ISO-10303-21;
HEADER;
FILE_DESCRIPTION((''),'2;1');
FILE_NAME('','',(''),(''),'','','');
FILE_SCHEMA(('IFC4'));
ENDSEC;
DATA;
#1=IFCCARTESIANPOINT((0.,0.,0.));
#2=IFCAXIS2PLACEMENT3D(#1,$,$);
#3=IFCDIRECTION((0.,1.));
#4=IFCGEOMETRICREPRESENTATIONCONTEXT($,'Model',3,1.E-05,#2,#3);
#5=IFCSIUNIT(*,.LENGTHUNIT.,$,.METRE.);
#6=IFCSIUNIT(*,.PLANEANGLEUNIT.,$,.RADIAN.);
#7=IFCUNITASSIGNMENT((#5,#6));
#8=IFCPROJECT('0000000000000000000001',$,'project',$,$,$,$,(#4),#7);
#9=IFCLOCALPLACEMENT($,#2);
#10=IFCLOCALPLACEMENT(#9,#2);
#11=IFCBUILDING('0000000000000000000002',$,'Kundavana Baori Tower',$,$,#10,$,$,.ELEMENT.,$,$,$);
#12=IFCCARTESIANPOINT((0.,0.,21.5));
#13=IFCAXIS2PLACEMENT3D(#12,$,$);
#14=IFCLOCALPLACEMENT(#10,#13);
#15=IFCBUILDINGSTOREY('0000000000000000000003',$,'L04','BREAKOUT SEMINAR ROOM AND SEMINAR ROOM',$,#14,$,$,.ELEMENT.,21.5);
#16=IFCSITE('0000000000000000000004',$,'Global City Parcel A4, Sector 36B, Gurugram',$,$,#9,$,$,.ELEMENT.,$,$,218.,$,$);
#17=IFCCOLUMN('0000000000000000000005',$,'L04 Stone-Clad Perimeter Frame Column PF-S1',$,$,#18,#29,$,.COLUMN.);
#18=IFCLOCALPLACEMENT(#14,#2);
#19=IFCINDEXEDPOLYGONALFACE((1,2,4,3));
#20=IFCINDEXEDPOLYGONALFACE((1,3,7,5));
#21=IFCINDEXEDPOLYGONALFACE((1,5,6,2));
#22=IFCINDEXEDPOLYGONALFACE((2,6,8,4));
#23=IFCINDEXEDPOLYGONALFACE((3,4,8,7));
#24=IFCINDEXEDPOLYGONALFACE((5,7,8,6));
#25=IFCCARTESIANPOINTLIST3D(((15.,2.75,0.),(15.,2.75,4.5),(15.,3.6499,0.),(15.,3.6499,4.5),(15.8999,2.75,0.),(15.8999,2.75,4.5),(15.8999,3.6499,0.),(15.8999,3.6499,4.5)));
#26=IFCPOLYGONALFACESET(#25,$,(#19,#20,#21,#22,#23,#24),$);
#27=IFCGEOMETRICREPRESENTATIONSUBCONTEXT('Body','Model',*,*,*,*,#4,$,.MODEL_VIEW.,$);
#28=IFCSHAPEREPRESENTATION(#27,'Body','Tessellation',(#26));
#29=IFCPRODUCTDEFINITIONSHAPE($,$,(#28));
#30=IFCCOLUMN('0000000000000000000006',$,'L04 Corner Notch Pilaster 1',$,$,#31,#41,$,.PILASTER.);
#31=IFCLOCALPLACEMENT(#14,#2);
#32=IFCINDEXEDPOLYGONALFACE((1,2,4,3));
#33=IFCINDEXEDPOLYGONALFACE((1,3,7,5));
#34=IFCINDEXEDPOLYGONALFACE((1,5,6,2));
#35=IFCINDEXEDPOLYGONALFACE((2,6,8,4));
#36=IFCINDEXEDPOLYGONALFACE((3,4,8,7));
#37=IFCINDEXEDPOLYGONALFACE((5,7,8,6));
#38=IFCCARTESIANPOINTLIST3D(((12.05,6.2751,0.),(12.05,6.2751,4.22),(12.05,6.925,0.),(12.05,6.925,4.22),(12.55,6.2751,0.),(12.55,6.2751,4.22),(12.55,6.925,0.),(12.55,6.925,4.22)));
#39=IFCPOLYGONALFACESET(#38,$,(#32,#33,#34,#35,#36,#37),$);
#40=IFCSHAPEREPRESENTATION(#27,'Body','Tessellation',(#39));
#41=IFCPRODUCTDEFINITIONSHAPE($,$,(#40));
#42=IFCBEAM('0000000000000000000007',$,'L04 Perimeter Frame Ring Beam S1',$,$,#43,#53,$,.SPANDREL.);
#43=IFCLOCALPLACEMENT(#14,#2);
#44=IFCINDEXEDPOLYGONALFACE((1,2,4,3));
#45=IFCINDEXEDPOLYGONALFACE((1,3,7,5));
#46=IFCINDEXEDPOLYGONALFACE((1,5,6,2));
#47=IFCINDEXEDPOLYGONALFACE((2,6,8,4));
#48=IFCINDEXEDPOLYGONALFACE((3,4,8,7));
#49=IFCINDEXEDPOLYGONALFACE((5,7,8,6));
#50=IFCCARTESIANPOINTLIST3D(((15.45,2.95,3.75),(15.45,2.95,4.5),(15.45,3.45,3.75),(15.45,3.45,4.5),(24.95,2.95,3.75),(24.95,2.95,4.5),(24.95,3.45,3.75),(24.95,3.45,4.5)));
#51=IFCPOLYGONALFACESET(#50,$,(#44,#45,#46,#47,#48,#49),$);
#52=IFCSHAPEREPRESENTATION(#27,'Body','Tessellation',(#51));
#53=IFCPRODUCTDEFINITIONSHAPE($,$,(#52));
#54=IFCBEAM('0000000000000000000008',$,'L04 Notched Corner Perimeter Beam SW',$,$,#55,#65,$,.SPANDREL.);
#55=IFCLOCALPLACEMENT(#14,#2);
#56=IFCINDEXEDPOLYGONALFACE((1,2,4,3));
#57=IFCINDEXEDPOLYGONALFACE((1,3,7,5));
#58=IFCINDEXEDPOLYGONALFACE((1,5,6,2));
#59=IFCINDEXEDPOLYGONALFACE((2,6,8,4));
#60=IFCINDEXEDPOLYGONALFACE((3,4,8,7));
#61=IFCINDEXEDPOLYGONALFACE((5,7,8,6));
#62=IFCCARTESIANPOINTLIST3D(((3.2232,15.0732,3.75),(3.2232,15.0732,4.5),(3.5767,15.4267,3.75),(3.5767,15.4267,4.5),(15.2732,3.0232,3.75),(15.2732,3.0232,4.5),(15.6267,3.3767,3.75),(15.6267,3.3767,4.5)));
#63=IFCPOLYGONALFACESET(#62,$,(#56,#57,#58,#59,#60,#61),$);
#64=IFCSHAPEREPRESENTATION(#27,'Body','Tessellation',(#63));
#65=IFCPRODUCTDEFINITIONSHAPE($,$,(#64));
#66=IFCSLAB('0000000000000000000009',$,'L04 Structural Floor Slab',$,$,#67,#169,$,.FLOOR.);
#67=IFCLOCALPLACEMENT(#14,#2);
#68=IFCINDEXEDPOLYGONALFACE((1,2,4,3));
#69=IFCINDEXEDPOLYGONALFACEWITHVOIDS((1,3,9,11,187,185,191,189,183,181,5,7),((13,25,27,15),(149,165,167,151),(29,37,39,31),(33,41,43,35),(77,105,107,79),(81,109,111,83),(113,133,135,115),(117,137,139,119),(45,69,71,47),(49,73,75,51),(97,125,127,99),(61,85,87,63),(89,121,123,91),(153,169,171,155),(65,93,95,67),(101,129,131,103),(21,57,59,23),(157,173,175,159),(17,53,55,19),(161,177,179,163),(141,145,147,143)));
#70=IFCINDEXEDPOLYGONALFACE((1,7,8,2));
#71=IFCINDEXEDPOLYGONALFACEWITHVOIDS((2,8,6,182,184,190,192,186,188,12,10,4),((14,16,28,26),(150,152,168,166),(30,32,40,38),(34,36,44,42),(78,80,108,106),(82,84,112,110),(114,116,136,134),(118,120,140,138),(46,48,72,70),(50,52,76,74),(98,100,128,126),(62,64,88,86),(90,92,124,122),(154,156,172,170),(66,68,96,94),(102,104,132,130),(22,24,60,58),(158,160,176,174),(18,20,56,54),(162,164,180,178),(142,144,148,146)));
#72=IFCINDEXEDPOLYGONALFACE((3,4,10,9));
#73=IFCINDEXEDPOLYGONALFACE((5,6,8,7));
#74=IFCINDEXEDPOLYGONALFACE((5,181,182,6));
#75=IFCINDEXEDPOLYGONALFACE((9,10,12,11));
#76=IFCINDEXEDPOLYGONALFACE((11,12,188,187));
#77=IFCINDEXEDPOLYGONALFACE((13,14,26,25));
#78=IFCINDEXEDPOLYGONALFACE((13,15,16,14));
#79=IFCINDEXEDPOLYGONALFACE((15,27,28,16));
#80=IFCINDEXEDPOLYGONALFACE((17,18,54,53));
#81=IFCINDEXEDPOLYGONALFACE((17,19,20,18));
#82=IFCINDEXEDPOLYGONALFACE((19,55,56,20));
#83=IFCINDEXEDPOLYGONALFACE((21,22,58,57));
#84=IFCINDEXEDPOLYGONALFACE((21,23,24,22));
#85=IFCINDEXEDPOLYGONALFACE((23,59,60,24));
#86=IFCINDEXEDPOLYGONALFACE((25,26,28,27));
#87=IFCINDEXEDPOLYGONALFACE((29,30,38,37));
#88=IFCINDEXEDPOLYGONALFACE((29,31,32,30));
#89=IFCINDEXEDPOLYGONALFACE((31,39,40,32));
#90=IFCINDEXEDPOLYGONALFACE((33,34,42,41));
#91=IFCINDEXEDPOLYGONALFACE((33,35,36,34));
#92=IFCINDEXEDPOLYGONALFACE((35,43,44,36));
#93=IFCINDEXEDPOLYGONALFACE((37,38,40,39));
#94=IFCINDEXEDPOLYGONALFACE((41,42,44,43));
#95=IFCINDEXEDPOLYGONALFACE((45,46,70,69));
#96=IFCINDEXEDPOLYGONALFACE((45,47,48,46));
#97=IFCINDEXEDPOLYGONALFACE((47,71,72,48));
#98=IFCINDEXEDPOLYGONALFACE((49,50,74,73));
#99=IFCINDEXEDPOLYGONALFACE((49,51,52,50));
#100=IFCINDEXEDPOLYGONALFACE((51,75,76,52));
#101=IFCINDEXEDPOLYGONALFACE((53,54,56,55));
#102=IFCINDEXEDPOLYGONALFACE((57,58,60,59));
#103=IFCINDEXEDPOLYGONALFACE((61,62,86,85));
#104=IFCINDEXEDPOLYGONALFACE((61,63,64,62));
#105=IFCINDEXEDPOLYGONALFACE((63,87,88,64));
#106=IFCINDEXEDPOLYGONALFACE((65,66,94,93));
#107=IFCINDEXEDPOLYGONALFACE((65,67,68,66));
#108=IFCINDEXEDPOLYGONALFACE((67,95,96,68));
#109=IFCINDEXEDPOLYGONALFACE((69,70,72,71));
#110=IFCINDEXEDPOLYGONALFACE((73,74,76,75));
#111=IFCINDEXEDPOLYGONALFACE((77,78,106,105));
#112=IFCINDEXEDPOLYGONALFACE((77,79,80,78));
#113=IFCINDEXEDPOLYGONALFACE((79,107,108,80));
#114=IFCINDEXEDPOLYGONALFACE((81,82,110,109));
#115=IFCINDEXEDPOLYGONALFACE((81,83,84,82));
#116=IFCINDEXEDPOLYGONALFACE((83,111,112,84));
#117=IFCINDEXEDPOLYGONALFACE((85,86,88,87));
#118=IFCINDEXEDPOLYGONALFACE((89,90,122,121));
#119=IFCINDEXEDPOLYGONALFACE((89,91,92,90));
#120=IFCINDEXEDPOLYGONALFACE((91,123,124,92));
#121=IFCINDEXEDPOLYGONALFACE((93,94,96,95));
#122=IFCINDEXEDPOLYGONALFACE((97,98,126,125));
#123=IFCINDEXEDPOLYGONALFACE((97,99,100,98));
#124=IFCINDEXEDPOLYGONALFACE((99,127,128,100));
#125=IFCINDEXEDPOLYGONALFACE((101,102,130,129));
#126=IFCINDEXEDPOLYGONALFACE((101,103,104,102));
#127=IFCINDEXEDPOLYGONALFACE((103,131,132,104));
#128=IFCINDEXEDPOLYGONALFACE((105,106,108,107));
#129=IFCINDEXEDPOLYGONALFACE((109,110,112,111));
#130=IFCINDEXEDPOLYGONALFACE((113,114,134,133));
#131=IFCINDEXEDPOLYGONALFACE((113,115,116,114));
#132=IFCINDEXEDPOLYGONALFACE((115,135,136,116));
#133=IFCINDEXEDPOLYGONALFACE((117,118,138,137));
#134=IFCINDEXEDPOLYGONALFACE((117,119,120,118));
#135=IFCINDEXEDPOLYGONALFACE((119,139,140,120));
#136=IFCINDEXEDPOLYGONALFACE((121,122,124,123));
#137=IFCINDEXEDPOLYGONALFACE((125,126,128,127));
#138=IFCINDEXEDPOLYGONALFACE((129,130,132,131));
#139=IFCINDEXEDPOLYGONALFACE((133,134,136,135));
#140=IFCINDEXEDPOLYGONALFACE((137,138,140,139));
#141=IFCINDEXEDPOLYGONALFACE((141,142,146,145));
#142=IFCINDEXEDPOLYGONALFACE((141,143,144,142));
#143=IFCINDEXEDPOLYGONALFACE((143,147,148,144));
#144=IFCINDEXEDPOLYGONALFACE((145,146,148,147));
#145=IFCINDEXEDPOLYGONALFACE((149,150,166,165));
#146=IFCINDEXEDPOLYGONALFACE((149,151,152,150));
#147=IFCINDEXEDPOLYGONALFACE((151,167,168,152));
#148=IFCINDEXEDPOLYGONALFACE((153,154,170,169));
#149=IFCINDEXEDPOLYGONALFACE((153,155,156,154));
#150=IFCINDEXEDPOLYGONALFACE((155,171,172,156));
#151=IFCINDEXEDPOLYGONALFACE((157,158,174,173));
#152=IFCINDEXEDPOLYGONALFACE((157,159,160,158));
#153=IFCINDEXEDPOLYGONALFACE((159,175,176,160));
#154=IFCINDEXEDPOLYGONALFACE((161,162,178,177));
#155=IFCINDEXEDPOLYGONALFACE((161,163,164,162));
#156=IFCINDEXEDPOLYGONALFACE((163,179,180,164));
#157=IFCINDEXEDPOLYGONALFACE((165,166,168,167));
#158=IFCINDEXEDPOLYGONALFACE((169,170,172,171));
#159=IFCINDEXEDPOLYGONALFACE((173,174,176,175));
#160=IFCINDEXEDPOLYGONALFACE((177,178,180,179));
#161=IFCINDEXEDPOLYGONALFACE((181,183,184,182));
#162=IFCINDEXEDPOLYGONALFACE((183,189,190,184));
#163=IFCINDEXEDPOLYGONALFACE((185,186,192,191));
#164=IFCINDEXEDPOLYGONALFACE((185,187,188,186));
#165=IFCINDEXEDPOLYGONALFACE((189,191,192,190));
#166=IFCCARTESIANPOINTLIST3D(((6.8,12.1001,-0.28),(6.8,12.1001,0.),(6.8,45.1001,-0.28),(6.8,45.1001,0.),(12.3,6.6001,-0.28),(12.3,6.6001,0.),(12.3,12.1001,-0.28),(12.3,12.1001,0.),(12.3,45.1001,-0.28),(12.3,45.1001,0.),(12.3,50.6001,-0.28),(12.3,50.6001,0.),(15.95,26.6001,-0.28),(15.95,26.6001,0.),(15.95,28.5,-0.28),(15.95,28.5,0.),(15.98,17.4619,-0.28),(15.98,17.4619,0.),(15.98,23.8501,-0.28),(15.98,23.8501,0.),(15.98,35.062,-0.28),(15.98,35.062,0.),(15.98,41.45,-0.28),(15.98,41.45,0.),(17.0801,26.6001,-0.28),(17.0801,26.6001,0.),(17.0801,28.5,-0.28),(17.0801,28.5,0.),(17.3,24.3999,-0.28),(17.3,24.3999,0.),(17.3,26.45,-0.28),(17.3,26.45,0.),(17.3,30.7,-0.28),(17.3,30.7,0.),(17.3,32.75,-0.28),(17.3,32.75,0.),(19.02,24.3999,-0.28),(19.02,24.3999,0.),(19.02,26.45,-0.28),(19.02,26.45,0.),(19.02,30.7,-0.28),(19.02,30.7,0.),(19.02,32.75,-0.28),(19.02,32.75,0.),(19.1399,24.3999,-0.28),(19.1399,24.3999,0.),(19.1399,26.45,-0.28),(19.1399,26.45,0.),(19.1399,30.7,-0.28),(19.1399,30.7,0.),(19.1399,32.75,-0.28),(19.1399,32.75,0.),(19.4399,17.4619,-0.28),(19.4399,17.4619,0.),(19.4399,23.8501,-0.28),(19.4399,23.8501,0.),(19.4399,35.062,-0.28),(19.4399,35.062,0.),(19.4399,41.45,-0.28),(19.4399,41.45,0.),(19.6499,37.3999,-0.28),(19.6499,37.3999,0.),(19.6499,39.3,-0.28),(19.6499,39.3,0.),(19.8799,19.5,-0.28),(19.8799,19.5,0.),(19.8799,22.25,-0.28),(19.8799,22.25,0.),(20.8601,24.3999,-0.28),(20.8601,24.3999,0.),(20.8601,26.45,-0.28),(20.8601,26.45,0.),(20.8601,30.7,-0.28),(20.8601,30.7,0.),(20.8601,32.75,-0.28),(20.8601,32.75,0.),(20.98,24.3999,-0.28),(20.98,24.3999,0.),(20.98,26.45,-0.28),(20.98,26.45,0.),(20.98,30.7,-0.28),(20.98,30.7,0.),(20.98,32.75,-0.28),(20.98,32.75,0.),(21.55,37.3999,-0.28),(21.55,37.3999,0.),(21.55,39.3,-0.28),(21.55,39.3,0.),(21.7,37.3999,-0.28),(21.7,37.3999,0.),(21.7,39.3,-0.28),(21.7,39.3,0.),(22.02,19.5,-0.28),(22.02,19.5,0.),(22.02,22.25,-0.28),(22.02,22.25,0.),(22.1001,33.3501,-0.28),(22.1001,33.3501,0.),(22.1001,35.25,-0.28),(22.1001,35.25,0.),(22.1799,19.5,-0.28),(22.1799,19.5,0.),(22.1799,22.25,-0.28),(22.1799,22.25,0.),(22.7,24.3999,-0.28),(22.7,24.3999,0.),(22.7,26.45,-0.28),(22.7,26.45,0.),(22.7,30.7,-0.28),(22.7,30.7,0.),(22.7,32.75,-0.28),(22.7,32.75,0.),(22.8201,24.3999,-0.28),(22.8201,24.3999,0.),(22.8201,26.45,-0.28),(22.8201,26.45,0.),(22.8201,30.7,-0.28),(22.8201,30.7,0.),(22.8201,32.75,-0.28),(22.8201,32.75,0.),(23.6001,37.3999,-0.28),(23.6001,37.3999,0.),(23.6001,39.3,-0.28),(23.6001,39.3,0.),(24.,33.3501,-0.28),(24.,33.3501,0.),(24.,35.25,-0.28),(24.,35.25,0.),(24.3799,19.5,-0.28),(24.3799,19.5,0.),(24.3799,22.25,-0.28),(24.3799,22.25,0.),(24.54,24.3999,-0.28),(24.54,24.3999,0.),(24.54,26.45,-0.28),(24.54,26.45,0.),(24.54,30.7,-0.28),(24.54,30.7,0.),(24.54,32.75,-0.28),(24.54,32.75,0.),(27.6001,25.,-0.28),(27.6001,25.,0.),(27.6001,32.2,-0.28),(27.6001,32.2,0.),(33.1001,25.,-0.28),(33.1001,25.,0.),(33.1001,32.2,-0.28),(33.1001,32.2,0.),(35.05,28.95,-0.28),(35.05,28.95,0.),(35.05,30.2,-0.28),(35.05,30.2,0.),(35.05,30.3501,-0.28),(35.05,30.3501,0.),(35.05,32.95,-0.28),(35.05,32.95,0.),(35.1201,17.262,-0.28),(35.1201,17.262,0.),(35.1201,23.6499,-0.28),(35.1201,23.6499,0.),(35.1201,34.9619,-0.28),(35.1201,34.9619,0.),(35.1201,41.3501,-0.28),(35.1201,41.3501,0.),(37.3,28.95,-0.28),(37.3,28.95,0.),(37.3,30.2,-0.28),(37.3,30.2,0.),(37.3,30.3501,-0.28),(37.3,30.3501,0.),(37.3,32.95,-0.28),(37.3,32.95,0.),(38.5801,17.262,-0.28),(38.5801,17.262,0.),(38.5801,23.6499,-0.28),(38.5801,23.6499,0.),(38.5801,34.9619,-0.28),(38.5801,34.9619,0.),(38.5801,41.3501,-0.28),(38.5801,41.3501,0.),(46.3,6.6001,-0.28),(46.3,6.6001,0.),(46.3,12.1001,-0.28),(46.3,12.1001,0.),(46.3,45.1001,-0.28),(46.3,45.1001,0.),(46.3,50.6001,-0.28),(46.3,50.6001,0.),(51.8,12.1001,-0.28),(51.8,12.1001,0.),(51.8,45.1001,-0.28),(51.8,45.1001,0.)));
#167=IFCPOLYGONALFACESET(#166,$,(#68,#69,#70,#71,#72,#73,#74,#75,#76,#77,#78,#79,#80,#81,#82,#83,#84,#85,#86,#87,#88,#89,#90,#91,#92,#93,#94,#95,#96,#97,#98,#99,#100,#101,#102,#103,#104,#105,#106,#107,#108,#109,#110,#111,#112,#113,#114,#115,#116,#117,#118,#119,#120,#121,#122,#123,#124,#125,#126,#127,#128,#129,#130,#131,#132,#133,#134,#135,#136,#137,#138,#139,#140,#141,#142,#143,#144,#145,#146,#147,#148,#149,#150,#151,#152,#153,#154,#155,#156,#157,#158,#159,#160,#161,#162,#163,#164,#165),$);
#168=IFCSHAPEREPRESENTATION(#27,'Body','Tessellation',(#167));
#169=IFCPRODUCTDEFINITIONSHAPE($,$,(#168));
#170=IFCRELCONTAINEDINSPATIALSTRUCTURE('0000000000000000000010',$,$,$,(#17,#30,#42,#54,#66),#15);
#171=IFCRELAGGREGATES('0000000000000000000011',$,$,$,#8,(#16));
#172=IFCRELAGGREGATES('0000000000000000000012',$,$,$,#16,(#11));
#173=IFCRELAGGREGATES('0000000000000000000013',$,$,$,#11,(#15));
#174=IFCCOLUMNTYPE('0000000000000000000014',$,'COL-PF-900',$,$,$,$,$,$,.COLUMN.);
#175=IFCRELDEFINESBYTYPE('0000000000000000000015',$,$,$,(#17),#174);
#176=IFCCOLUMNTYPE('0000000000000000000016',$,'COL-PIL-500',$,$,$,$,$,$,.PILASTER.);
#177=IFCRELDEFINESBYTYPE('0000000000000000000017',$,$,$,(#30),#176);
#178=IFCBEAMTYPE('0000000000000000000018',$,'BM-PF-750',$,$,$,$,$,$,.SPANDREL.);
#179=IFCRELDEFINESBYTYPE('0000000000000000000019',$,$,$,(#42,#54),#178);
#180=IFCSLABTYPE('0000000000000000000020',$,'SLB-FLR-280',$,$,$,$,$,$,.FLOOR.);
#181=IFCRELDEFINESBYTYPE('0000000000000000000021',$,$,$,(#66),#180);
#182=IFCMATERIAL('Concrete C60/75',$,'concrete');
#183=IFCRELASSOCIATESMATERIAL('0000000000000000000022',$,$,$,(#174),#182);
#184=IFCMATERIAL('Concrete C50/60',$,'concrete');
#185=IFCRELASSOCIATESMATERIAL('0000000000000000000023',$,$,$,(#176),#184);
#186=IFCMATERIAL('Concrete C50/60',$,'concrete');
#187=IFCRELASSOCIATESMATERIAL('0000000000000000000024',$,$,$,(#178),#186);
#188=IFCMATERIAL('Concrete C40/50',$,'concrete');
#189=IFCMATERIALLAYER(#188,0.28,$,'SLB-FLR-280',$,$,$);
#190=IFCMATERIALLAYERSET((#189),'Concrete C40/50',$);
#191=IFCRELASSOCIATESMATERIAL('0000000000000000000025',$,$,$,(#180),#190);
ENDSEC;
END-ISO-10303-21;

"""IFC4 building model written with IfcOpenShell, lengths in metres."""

from ifc_helpers import new_model, si_unit, direction, frame, origin, origin_2d, place, context, subcontext, project, spatial, polyline, rectangle, outline, extrude, material, layer, layer_set, material_profile, profile_set, type_object, element, save


model = new_model("IFC4")

# Units and contexts
model_context = context("Model", 3, precision=1e-05, world=origin(), true_north=direction((0.0, 1.0)))
body_context = subcontext(model_context, "Body", "Model", "MODEL_VIEW")
ifc_project = project(units=[si_unit("LENGTHUNIT", "METRE"), si_unit("PLANEANGLEUNIT", "RADIAN")], contexts=[model_context])

# Site, building, storey
site_placement = place(None, origin())
site = spatial("IfcSite", under=ifc_project, at=site_placement, Name="Global City Parcel A4, Sector 36B, Gurugram", CompositionType="ELEMENT", RefElevation=218.0)
building_placement = place(site_placement, origin())
building = spatial("IfcBuilding", under=site, at=building_placement, Name="Kundavana Baori Tower", CompositionType="ELEMENT")
storey_placement = place(building_placement, frame((0.0, 0.0, 21.5)))
storey = spatial("IfcBuildingStorey", under=building, at=storey_placement, Name="L04", Description="BREAKOUT SEMINAR ROOM AND SEMINAR ROOM", CompositionType="ELEMENT", Elevation=21.5)

# Columns
ifc_material_1 = material(Name="Concrete C60/75", Category="concrete")
ifc_material_profile_1 = material_profile(ifc_material_1, rectangle(XDim=0.8999, YDim=0.8999, at=origin_2d()), Name="RC PF 900x900")
ifc_profile_set_1 = profile_set([ifc_material_profile_1], Name="Concrete C60/75")
column_type_1 = type_object("IfcColumnType", Name="COL-PF-900", PredefinedType="COLUMN", material=ifc_profile_set_1)
column_1_placement = place(storey_placement, frame((15.45, 3.2, 0.0), z_axis=(0.0, 0.0, 1.0), x_axis=(1.0, 0.0, 0.0)))
element("IfcColumn", 1, at=column_1_placement, inside=storey, type_object=column_type_1, Name="L04 Stone-Clad Perimeter Frame Column PF-S1", PredefinedType="COLUMN", context=body_context, shape_type="SweptSolid", body=[
    extrude(rectangle(XDim=0.8999, YDim=0.8999, at=origin_2d()), origin(), (0.0, 0.0, 1.0), 4.5),
])
ifc_material_2 = material(Name="Concrete C50/60", Category="concrete")
ifc_material_profile_2 = material_profile(ifc_material_2, rectangle(XDim=0.5, YDim=0.6499, at=origin_2d()), Name="RC PIL 500x650")
ifc_profile_set_2 = profile_set([ifc_material_profile_2], Name="Concrete C50/60")
column_type_2 = type_object("IfcColumnType", Name="COL-PIL-500", PredefinedType="PILASTER", material=ifc_profile_set_2)
column_2_placement = place(storey_placement, frame((12.3, 6.6001, 0.0), z_axis=(0.0, 0.0, 1.0), x_axis=(1.0, 0.0, 0.0)))
element("IfcColumn", 2, at=column_2_placement, inside=storey, type_object=column_type_2, Name="L04 Corner Notch Pilaster 1", PredefinedType="PILASTER", context=body_context, shape_type="SweptSolid", body=[
    extrude(rectangle(XDim=0.5, YDim=0.6499, at=origin_2d()), origin(), (0.0, 0.0, 1.0), 4.22),
])

# Beams
ifc_material_3 = material(Name="Concrete C50/60", Category="concrete")
ifc_material_profile_3 = material_profile(ifc_material_3, rectangle(XDim=0.5, YDim=0.75, at=origin_2d()), Name="RC BM 500x750")
ifc_profile_set_3 = profile_set([ifc_material_profile_3], Name="Concrete C50/60")
beam_type = type_object("IfcBeamType", Name="BM-PF-750", PredefinedType="SPANDREL", material=ifc_profile_set_3)
beam_1_placement = place(storey_placement, frame((15.45, 3.2, 4.125), z_axis=(1.0, 0.0, 0.0), x_axis=(0.0, 1.0, 0.0)))
element("IfcBeam", 3, at=beam_1_placement, inside=storey, type_object=beam_type, Name="L04 Perimeter Frame Ring Beam S1", PredefinedType="SPANDREL", context=body_context, shape_type="SweptSolid", body=[
    extrude(rectangle(XDim=0.5, YDim=0.75, at=origin_2d()), origin(), (0.0, 0.0, 1.0), 9.5),
])
beam_2_placement = place(storey_placement, frame((15.45, 3.2, 4.125), z_axis=(-0.707107, 0.707107, 0.0), x_axis=(-0.707107, -0.707107, 0.0)))
element("IfcBeam", 4, at=beam_2_placement, inside=storey, type_object=beam_type, Name="L04 Notched Corner Perimeter Beam SW", PredefinedType="SPANDREL", context=body_context, shape_type="SweptSolid", body=[
    extrude(rectangle(XDim=0.5, YDim=0.75, at=origin_2d()), origin(), (0.0, 0.0, 1.0), 17.0413),
])

# Slab
ifc_material_4 = material(Name="Concrete C40/50", Category="concrete")
ifc_layer_1 = layer(ifc_material_4, 0.28, Name="SLB-FLR-280")
ifc_layer_set_1 = layer_set([ifc_layer_1], Name="Concrete C40/50")
slab_type_1 = type_object("IfcSlabType", Name="SLB-FLR-280", PredefinedType="FLOOR", material=ifc_layer_set_1)
slab_1_placement = place(storey_placement, frame((0.0, 0.0, -0.28)))
element("IfcSlab", 5, at=slab_1_placement, inside=storey, type_object=slab_type_1, Name="L04 Structural Floor Slab", PredefinedType="FLOOR", context=body_context, shape_type="SweptSolid", body=[
    extrude(outline(polyline([(12.3, 6.6001), (46.3, 6.6001), (46.3, 12.1001), (51.8, 12.1001), (51.8, 45.1001), (46.3, 45.1001), (46.3, 50.6001), (12.3, 50.6001), (12.3, 45.1001), (6.8, 45.1001), (6.8, 12.1001), (12.3, 12.1001), (12.3, 6.6001)]), holes=[polyline([(19.4399, 17.4619), (19.4399, 23.8501), (15.98, 23.8501), (15.98, 17.4619), (19.4399, 17.4619)]), polyline([(19.4399, 35.062), (19.4399, 41.45), (15.98, 41.45), (15.98, 35.062), (19.4399, 35.062)]), polyline([(38.5801, 34.9619), (38.5801, 41.3501), (35.1201, 41.3501), (35.1201, 34.9619), (38.5801, 34.9619)]), polyline([(38.5801, 17.262), (38.5801, 23.6499), (35.1201, 23.6499), (35.1201, 17.262), (38.5801, 17.262)]), polyline([(17.3, 24.3999), (19.02, 24.3999), (19.02, 26.45), (17.3, 26.45), (17.3, 24.3999)]), polyline([(19.1399, 24.3999), (20.8601, 24.3999), (20.8601, 26.45), (19.1399, 26.45), (19.1399, 24.3999)]), polyline([(20.98, 24.3999), (22.7, 24.3999), (22.7, 26.45), (20.98, 26.45), (20.98, 24.3999)]), polyline([(22.8201, 24.3999), (24.54, 24.3999), (24.54, 26.45), (22.8201, 26.45), (22.8201, 24.3999)]), polyline([(17.3, 30.7), (19.02, 30.7), (19.02, 32.75), (17.3, 32.75), (17.3, 30.7)]), polyline([(19.1399, 30.7), (20.8601, 30.7), (20.8601, 32.75), (19.1399, 32.75), (19.1399, 30.7)]), polyline([(20.98, 30.7), (22.7, 30.7), (22.7, 32.75), (20.98, 32.75), (20.98, 30.7)]), polyline([(22.8201, 30.7), (24.54, 30.7), (24.54, 32.75), (22.8201, 32.75), (22.8201, 30.7)]), polyline([(19.6499, 37.3999), (21.55, 37.3999), (21.55, 39.3), (19.6499, 39.3), (19.6499, 37.3999)]), polyline([(21.7, 37.3999), (23.6001, 37.3999), (23.6001, 39.3), (21.7, 39.3), (21.7, 37.3999)]), polyline([(22.1001, 33.3501), (24.0, 33.3501), (24.0, 35.25), (22.1001, 35.25), (22.1001, 33.3501)]), polyline([(19.8799, 19.5), (22.02, 19.5), (22.02, 22.25), (19.8799, 22.25), (19.8799, 19.5)]), polyline([(22.1799, 19.5), (24.3799, 19.5), (24.3799, 22.25), (22.1799, 22.25), (22.1799, 19.5)]), polyline([(35.05, 30.3501), (37.3, 30.3501), (37.3, 32.95), (35.05, 32.95), (35.05, 30.3501)]), polyline([(15.95, 26.6001), (17.0801, 26.6001), (17.0801, 28.5), (15.95, 28.5), (15.95, 26.6001)]), polyline([(35.05, 28.95), (37.3, 28.95), (37.3, 30.2), (35.05, 30.2), (35.05, 28.95)]), polyline([(27.6001, 25.0), (33.1001, 25.0), (33.1001, 32.2), (27.6001, 32.2), (27.6001, 25.0)])]), origin(), (0.0, 0.0, 1.0), 0.28),
])

save(model, "model.ifc")
